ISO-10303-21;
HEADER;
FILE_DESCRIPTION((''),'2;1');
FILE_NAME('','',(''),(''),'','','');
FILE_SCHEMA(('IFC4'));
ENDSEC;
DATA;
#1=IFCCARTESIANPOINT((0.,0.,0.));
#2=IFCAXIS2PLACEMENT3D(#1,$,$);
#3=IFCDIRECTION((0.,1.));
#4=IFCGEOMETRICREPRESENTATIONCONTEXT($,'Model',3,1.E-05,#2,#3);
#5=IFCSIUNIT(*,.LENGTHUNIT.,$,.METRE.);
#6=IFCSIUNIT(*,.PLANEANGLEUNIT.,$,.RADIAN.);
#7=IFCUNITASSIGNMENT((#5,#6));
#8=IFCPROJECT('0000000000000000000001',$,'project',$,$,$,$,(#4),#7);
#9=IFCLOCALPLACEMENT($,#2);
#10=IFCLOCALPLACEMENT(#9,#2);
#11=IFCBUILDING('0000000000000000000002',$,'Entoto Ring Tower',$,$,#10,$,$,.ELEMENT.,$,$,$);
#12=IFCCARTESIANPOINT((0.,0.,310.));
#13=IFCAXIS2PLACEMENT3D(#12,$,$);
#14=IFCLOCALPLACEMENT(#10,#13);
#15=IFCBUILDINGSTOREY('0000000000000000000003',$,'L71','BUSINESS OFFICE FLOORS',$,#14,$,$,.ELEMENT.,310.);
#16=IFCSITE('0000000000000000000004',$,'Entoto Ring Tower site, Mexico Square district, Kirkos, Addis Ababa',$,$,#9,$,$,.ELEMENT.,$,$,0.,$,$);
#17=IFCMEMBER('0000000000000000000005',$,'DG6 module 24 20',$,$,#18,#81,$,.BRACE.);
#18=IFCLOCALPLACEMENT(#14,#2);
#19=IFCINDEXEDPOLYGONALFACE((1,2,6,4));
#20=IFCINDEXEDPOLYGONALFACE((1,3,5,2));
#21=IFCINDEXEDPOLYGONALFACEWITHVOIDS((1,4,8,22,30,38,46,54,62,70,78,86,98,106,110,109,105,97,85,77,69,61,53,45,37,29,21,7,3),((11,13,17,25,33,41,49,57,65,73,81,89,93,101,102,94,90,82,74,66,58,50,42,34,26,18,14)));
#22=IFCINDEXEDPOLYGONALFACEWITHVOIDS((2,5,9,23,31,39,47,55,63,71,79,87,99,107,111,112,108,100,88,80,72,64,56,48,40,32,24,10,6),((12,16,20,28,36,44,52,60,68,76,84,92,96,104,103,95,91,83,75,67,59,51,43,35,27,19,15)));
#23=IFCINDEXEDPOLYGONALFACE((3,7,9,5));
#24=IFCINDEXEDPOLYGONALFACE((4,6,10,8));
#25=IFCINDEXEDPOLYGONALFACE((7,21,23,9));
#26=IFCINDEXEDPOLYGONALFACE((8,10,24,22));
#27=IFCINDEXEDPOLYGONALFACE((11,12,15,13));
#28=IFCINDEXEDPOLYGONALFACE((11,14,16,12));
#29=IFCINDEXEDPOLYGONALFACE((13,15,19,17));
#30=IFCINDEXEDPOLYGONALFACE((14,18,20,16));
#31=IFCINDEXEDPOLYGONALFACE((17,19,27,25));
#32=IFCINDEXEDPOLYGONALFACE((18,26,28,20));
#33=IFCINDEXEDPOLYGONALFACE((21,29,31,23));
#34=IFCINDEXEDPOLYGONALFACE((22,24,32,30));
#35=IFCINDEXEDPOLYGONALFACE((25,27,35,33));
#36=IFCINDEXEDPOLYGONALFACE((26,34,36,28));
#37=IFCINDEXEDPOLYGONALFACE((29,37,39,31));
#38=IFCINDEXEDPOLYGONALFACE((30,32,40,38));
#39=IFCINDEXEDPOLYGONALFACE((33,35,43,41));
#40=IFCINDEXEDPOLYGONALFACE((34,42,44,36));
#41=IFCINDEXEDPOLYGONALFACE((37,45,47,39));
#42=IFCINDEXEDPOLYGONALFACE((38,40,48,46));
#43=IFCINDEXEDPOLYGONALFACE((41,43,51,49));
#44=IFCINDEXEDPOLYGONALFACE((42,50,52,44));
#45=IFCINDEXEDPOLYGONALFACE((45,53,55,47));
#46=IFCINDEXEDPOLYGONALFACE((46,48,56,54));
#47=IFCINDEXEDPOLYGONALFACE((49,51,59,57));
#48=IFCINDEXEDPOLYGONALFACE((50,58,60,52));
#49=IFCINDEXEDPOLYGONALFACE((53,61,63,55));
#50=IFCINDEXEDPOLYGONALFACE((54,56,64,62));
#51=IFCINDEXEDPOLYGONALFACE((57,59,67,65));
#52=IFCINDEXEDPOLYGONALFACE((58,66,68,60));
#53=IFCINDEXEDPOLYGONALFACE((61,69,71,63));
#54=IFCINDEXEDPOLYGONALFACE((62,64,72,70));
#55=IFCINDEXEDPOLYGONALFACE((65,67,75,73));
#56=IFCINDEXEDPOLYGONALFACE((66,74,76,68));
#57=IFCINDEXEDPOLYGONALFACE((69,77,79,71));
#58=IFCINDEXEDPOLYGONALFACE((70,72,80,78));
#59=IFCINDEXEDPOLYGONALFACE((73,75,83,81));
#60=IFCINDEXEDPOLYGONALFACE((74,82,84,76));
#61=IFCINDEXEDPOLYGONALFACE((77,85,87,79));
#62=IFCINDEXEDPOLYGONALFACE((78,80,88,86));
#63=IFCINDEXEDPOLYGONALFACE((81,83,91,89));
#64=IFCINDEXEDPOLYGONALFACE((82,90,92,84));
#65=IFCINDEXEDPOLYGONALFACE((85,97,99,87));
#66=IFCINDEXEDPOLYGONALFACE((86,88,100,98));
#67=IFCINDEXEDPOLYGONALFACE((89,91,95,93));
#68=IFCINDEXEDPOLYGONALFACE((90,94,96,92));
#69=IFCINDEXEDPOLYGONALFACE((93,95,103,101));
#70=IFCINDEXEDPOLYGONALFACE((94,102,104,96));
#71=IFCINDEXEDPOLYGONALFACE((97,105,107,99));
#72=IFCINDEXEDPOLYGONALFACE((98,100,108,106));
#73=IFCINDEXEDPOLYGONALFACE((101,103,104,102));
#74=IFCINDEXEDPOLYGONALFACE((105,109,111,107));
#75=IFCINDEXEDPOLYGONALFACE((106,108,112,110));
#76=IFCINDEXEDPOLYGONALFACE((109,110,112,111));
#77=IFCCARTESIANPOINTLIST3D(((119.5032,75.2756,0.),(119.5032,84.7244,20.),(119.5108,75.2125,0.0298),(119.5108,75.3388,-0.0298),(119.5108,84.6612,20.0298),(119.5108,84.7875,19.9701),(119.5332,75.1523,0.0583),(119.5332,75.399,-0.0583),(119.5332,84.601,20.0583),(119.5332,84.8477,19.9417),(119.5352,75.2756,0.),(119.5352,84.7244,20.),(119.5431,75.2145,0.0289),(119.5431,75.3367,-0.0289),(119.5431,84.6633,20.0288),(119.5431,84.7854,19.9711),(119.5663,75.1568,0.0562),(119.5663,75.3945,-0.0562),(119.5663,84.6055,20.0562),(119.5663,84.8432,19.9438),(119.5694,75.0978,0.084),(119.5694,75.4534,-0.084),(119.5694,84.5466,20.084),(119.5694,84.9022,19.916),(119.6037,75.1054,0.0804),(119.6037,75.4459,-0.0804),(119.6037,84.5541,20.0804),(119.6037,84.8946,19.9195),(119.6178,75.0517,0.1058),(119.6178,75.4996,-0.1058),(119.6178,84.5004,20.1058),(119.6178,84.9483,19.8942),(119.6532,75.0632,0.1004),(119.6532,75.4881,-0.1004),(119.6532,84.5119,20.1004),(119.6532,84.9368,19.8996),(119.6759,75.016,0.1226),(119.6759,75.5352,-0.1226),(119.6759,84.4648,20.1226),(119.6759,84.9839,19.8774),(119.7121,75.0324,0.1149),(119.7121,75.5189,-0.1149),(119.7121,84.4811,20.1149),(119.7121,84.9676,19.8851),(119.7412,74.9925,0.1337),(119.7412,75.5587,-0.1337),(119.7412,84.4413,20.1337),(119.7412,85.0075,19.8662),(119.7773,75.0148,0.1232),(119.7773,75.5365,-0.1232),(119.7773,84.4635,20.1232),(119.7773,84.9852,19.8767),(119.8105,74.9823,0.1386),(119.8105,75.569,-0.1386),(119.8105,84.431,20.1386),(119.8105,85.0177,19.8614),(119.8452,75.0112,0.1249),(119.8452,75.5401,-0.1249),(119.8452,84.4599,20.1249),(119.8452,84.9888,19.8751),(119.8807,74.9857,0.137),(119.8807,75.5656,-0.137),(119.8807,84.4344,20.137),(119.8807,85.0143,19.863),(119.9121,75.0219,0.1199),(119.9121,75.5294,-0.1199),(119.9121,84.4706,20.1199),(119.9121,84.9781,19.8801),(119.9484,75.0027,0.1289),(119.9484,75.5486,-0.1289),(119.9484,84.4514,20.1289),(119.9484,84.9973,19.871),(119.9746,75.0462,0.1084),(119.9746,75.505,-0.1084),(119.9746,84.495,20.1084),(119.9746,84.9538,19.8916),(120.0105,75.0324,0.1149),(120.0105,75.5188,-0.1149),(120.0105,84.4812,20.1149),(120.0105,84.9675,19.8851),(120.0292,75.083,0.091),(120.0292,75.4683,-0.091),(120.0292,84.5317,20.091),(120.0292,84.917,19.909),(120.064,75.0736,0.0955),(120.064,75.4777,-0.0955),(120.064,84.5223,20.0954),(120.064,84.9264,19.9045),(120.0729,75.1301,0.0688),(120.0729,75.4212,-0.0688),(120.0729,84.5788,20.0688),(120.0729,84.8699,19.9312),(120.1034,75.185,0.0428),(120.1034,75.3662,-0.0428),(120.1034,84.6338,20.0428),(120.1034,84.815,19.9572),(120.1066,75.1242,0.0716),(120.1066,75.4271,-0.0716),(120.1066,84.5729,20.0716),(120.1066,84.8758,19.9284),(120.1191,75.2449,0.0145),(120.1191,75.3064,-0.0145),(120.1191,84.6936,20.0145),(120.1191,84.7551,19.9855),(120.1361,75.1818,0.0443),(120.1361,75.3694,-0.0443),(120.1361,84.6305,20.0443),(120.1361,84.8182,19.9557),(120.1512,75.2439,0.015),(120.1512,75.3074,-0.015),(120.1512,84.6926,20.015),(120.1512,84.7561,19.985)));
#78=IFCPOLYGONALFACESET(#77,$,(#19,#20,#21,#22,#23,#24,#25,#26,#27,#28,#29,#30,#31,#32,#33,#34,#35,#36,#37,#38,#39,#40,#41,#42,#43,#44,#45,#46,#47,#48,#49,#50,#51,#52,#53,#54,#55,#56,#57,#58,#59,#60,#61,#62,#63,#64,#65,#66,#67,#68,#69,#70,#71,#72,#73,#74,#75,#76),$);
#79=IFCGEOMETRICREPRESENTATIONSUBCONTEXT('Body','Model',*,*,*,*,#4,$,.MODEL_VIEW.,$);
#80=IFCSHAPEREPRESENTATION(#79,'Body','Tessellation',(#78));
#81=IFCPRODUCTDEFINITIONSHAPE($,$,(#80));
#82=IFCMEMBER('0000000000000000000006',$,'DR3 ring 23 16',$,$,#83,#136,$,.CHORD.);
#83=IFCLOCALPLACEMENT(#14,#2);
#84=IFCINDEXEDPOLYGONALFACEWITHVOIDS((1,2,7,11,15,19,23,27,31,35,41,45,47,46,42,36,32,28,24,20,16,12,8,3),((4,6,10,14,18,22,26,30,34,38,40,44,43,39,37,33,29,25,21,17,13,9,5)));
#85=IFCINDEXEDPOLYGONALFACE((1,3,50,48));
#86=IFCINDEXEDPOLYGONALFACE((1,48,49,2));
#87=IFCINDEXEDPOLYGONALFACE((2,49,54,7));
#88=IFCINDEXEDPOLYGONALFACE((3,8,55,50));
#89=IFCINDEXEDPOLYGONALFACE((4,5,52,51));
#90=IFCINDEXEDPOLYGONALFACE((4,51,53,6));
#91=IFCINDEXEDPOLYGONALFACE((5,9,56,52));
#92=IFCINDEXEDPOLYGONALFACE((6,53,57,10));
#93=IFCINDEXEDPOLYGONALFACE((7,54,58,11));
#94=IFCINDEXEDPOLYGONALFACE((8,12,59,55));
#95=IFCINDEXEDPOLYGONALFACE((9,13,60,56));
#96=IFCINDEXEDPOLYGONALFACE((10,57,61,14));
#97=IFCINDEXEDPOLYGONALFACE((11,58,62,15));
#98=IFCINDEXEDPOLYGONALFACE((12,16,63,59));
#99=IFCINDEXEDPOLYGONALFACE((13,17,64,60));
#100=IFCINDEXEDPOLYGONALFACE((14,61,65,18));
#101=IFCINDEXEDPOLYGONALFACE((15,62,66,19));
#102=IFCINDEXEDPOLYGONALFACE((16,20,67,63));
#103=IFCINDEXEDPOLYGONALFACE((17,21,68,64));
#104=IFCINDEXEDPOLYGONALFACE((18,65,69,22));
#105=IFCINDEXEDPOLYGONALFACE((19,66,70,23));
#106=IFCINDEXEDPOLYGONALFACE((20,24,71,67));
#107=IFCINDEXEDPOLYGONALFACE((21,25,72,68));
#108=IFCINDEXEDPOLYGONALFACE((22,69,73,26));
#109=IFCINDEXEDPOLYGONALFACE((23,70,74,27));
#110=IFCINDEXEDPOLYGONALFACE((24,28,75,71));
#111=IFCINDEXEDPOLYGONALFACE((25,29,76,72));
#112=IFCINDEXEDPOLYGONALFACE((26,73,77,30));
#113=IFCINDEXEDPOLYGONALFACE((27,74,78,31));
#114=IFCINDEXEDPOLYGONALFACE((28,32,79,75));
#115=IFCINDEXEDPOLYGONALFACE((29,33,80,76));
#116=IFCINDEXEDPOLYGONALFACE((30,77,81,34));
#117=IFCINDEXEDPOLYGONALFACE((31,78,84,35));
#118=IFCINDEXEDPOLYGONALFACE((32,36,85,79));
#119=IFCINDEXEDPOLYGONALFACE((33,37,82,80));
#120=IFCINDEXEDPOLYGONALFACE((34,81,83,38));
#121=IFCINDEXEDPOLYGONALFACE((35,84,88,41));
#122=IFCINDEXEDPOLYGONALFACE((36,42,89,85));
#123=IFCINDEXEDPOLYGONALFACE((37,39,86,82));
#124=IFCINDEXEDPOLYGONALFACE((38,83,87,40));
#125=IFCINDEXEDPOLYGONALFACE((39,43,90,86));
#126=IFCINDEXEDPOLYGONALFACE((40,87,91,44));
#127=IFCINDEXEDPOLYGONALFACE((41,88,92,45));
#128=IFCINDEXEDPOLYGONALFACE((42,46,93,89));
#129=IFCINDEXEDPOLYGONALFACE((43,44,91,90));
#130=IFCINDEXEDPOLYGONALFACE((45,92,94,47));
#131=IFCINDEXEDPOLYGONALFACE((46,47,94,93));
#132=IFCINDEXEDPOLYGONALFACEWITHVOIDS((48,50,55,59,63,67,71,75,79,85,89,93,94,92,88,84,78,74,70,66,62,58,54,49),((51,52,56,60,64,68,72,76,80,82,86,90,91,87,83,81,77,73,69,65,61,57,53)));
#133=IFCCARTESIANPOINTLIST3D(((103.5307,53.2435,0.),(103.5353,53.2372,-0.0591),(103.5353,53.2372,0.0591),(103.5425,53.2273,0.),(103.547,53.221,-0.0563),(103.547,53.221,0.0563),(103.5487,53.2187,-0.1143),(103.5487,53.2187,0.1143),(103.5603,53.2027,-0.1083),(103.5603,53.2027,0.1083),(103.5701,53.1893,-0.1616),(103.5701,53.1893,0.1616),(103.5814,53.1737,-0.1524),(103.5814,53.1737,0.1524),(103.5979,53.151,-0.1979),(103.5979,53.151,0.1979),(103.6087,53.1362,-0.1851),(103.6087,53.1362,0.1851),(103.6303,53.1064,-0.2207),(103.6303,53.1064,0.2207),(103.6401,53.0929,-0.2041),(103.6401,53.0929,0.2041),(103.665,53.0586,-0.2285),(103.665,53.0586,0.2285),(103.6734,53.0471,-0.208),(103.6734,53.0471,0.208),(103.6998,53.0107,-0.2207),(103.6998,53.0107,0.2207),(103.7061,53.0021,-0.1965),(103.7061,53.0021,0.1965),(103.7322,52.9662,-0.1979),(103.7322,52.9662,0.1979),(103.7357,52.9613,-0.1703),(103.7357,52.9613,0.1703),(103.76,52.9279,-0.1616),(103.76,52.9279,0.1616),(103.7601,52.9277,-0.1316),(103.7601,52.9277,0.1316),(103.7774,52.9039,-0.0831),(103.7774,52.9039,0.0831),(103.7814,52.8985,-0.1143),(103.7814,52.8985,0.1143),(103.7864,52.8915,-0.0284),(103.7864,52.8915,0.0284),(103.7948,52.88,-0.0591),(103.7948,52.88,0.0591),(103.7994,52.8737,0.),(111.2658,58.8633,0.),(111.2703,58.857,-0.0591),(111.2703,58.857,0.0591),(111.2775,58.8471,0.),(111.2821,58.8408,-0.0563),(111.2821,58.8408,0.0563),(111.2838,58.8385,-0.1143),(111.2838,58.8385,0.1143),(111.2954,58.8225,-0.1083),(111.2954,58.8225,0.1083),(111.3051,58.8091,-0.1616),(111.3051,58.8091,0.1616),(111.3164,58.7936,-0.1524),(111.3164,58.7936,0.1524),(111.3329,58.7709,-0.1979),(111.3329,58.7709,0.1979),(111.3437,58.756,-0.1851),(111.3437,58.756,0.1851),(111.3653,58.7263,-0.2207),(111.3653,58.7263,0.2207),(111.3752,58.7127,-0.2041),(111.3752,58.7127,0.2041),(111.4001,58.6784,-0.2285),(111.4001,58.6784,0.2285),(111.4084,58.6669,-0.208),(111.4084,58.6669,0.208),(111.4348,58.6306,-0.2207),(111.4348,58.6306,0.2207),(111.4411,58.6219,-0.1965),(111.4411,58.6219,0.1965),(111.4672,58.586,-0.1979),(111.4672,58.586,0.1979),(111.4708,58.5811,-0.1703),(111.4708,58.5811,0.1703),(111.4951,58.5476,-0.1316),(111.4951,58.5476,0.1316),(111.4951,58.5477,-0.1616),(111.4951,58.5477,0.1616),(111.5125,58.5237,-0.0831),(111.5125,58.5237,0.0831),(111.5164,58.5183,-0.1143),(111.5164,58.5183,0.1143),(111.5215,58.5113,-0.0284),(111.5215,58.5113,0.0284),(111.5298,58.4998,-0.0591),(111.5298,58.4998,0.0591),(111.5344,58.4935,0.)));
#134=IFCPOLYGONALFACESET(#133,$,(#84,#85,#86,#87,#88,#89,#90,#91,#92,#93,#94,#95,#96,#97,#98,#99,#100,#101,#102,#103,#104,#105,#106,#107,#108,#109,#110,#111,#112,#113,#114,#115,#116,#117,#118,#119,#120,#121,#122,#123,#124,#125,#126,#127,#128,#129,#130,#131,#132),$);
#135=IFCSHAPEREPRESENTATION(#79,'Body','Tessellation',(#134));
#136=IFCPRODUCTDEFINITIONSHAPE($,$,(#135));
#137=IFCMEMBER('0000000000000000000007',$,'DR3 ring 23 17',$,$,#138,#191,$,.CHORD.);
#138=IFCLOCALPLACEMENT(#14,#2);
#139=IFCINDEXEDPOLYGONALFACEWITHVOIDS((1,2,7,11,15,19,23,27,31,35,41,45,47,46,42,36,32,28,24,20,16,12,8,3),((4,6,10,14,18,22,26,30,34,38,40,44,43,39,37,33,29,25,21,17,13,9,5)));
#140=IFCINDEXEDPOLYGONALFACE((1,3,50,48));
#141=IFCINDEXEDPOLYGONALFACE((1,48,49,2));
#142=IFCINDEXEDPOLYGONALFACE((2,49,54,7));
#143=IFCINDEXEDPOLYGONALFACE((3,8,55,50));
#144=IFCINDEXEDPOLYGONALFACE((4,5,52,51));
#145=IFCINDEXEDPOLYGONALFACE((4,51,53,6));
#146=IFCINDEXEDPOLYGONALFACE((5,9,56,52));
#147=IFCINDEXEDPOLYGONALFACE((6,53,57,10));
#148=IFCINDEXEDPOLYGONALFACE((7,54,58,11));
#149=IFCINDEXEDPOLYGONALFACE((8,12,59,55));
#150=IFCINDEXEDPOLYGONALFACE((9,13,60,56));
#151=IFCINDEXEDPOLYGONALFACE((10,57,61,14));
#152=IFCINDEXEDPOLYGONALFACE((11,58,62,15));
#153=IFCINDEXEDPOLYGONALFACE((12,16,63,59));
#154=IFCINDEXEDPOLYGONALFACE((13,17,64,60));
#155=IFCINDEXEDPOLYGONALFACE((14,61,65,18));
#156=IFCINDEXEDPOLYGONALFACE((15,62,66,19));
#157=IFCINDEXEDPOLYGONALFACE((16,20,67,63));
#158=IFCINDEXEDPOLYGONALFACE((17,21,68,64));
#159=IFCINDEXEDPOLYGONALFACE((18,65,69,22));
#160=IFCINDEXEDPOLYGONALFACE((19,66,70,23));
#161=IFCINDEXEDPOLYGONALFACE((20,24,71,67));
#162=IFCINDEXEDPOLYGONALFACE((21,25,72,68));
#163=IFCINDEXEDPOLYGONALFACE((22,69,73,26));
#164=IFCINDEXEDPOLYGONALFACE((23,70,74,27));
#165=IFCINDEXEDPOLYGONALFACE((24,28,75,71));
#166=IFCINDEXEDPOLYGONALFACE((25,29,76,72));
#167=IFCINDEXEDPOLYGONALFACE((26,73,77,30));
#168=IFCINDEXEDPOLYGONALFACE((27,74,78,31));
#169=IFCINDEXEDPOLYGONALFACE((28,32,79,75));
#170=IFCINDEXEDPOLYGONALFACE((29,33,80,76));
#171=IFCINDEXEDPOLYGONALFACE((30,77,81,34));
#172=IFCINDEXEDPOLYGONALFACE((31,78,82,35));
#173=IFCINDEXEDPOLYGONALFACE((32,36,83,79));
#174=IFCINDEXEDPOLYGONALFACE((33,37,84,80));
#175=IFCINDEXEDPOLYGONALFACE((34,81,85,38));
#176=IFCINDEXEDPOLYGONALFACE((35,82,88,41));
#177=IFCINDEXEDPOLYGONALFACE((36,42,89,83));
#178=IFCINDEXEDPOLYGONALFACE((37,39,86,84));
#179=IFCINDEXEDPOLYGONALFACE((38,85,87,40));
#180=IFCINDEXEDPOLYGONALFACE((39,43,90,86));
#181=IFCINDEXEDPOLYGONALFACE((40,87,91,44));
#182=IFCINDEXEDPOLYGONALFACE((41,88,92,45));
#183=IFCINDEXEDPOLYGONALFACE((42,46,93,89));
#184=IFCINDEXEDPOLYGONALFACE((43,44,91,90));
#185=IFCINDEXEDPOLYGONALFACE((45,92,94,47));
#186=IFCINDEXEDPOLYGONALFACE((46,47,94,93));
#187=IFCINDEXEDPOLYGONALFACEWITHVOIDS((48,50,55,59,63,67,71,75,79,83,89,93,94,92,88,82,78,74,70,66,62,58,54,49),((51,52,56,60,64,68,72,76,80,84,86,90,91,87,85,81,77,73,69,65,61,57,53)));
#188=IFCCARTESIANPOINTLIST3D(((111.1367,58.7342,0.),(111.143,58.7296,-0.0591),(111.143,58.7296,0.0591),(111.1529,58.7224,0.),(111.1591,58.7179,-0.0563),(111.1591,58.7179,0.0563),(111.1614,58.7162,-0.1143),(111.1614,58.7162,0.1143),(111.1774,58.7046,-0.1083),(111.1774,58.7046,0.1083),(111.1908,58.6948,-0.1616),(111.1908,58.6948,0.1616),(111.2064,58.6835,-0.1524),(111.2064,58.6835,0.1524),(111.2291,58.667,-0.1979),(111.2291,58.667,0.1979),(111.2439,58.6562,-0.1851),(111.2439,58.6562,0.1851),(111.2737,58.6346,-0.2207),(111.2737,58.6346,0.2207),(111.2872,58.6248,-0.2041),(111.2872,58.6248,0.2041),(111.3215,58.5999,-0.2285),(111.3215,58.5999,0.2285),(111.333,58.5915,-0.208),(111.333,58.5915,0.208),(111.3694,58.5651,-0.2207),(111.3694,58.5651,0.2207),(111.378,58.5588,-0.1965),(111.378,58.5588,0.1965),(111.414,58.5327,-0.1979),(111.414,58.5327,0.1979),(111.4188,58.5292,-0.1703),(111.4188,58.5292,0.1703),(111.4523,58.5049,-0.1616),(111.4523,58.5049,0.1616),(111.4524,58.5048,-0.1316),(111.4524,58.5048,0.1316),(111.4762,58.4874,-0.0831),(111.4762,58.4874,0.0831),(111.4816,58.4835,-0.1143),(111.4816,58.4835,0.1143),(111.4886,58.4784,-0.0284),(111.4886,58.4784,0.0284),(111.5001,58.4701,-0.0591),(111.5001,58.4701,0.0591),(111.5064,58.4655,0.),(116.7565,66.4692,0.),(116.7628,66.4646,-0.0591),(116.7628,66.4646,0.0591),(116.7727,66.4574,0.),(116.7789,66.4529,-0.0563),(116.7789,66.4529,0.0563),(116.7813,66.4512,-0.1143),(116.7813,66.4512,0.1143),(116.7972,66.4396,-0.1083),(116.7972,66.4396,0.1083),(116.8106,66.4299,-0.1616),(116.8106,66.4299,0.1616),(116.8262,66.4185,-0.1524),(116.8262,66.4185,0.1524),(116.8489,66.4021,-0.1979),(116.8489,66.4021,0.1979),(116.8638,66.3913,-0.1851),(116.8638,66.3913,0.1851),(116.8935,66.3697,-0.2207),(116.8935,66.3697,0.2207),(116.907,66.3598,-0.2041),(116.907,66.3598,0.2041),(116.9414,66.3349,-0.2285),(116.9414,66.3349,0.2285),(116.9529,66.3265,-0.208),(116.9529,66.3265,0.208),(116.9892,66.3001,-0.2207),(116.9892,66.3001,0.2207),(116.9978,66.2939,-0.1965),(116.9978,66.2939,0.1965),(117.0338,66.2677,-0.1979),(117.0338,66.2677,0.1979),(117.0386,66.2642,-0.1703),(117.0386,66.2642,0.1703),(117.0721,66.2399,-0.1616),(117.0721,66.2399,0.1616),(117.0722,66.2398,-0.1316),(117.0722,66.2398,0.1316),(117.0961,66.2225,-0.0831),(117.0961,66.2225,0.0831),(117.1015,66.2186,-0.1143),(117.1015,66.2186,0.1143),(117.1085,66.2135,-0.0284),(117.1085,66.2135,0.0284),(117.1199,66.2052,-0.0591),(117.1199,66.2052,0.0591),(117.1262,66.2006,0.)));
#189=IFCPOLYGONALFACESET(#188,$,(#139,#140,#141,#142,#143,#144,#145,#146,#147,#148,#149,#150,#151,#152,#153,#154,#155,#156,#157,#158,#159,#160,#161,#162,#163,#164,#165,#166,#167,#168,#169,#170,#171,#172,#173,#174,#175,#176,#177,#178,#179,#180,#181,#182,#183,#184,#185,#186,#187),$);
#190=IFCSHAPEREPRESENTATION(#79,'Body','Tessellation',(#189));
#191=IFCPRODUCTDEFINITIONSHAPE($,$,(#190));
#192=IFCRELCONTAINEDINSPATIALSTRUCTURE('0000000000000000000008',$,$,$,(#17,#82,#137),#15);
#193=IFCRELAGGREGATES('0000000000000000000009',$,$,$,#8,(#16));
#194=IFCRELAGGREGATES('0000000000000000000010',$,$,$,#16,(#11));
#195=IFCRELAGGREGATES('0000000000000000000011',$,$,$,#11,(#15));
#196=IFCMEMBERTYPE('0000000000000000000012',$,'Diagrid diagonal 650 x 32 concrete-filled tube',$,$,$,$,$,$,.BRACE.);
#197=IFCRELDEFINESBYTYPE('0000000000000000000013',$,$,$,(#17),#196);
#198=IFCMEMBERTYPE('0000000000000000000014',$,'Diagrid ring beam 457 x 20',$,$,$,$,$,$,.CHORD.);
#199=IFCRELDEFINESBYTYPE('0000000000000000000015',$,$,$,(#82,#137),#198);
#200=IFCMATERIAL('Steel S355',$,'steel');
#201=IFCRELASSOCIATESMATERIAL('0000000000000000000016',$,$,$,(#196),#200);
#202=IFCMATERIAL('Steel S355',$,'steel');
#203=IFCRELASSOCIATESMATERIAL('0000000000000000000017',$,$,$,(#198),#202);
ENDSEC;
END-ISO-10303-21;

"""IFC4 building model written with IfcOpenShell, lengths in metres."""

from ifc_helpers import new_model, si_unit, direction, frame, origin, origin_2d, place, context, subcontext, project, spatial, circle, hollow_circle, extrude, material, material_profile, profile_set, type_object, element, save


model = new_model("IFC4")

# Units and contexts
model_context = context("Model", 3, precision=1e-05, world=origin(), true_north=direction((0.0, 1.0)))
body_context = subcontext(model_context, "Body", "Model", "MODEL_VIEW")
ifc_project = project(units=[si_unit("LENGTHUNIT", "METRE"), si_unit("PLANEANGLEUNIT", "RADIAN")], contexts=[model_context])

# Site, building, storey
site_placement = place(None, origin())
site = spatial("IfcSite", under=ifc_project, at=site_placement, Name="Entoto Ring Tower site, Mexico Square district, Kirkos, Addis Ababa", CompositionType="ELEMENT", RefElevation=0.0)
building_placement = place(site_placement, origin())
building = spatial("IfcBuilding", under=site, at=building_placement, Name="Entoto Ring Tower", CompositionType="ELEMENT")
storey_placement = place(building_placement, frame((0.0, 0.0, 310.0)))
storey = spatial("IfcBuildingStorey", under=building, at=storey_placement, Name="L71", Description="BUSINESS OFFICE FLOORS", CompositionType="ELEMENT", Elevation=310.0)

# Members
ifc_material_1 = material(Name="Steel S355", Category="steel")
ifc_material_profile_1 = material_profile(ifc_material_1, hollow_circle(Radius=0.325, WallThickness=0.032, at=origin_2d()), Name="CHS 650 x 32")
ifc_material_2 = material(Name="Concrete C60/75", Category="concrete")
ifc_material_profile_2 = material_profile(ifc_material_2, circle(Radius=0.293, at=origin_2d()), Name="Concrete C60/75 infill")
ifc_profile_set_1 = profile_set([ifc_material_profile_1, ifc_material_profile_2], Name="Steel S355")
member_type_1 = type_object("IfcMemberType", Name="Diagrid diagonal 650 x 32 concrete-filled tube", PredefinedType="BRACE", material=ifc_profile_set_1)
for number, where, z_axis, x_axis, name in (
    (1, (119.8281, 75.2756, 0.0), (0.0, 0.427165, 0.904174), (-1.0, 0.0, 0.0), "DG6 module 24 20"),
):
    element("IfcMember", number, at=place(storey_placement, frame(where, z_axis=z_axis, x_axis=x_axis)), inside=storey, type_object=member_type_1, Name=name, PredefinedType="BRACE", context=body_context, shape_type="SweptSolid", body=[
        extrude(hollow_circle(Radius=0.325, WallThickness=0.032, at=origin_2d()), origin(), (0.0, 0.0, 1.0), 22.1196),
    ])
ifc_material_3 = material(Name="Steel S355", Category="steel")
ifc_material_profile_3 = material_profile(ifc_material_3, hollow_circle(Radius=0.2285, WallThickness=0.02, at=origin_2d()), Name="CHS 457 x 20")
ifc_material_4 = material(Name="Concrete C60/75", Category="concrete")
ifc_material_profile_4 = material_profile(ifc_material_4, circle(Radius=0.2085, at=origin_2d()), Name="Concrete C60/75 infill")
ifc_profile_set_2 = profile_set([ifc_material_profile_3, ifc_material_profile_4], Name="Steel S355")
member_type_2 = type_object("IfcMemberType", Name="Diagrid ring beam 457 x 20", PredefinedType="CHORD", material=ifc_profile_set_2)
for number, where, z_axis, x_axis, name in (
    (2, (103.665, 53.0586, 0.0), (0.809018, 0.587784, 0.0), (-0.587784, 0.809018, 0.0), "DR3 ring 23 16"),
    (3, (111.3215, 58.5999, 0.0), (0.587784, 0.809018, 0.0), (-0.809018, 0.587784, 0.0), "DR3 ring 23 17"),
):
    element("IfcMember", number, at=place(storey_placement, frame(where, z_axis=z_axis, x_axis=x_axis)), inside=storey, type_object=member_type_2, Name=name, PredefinedType="CHORD", context=body_context, shape_type="SweptSolid", body=[
        extrude(hollow_circle(Radius=0.2285, WallThickness=0.02, at=origin_2d()), origin(), (0.0, 0.0, 1.0), 9.561),
    ])

save(model, "model.ifc")
